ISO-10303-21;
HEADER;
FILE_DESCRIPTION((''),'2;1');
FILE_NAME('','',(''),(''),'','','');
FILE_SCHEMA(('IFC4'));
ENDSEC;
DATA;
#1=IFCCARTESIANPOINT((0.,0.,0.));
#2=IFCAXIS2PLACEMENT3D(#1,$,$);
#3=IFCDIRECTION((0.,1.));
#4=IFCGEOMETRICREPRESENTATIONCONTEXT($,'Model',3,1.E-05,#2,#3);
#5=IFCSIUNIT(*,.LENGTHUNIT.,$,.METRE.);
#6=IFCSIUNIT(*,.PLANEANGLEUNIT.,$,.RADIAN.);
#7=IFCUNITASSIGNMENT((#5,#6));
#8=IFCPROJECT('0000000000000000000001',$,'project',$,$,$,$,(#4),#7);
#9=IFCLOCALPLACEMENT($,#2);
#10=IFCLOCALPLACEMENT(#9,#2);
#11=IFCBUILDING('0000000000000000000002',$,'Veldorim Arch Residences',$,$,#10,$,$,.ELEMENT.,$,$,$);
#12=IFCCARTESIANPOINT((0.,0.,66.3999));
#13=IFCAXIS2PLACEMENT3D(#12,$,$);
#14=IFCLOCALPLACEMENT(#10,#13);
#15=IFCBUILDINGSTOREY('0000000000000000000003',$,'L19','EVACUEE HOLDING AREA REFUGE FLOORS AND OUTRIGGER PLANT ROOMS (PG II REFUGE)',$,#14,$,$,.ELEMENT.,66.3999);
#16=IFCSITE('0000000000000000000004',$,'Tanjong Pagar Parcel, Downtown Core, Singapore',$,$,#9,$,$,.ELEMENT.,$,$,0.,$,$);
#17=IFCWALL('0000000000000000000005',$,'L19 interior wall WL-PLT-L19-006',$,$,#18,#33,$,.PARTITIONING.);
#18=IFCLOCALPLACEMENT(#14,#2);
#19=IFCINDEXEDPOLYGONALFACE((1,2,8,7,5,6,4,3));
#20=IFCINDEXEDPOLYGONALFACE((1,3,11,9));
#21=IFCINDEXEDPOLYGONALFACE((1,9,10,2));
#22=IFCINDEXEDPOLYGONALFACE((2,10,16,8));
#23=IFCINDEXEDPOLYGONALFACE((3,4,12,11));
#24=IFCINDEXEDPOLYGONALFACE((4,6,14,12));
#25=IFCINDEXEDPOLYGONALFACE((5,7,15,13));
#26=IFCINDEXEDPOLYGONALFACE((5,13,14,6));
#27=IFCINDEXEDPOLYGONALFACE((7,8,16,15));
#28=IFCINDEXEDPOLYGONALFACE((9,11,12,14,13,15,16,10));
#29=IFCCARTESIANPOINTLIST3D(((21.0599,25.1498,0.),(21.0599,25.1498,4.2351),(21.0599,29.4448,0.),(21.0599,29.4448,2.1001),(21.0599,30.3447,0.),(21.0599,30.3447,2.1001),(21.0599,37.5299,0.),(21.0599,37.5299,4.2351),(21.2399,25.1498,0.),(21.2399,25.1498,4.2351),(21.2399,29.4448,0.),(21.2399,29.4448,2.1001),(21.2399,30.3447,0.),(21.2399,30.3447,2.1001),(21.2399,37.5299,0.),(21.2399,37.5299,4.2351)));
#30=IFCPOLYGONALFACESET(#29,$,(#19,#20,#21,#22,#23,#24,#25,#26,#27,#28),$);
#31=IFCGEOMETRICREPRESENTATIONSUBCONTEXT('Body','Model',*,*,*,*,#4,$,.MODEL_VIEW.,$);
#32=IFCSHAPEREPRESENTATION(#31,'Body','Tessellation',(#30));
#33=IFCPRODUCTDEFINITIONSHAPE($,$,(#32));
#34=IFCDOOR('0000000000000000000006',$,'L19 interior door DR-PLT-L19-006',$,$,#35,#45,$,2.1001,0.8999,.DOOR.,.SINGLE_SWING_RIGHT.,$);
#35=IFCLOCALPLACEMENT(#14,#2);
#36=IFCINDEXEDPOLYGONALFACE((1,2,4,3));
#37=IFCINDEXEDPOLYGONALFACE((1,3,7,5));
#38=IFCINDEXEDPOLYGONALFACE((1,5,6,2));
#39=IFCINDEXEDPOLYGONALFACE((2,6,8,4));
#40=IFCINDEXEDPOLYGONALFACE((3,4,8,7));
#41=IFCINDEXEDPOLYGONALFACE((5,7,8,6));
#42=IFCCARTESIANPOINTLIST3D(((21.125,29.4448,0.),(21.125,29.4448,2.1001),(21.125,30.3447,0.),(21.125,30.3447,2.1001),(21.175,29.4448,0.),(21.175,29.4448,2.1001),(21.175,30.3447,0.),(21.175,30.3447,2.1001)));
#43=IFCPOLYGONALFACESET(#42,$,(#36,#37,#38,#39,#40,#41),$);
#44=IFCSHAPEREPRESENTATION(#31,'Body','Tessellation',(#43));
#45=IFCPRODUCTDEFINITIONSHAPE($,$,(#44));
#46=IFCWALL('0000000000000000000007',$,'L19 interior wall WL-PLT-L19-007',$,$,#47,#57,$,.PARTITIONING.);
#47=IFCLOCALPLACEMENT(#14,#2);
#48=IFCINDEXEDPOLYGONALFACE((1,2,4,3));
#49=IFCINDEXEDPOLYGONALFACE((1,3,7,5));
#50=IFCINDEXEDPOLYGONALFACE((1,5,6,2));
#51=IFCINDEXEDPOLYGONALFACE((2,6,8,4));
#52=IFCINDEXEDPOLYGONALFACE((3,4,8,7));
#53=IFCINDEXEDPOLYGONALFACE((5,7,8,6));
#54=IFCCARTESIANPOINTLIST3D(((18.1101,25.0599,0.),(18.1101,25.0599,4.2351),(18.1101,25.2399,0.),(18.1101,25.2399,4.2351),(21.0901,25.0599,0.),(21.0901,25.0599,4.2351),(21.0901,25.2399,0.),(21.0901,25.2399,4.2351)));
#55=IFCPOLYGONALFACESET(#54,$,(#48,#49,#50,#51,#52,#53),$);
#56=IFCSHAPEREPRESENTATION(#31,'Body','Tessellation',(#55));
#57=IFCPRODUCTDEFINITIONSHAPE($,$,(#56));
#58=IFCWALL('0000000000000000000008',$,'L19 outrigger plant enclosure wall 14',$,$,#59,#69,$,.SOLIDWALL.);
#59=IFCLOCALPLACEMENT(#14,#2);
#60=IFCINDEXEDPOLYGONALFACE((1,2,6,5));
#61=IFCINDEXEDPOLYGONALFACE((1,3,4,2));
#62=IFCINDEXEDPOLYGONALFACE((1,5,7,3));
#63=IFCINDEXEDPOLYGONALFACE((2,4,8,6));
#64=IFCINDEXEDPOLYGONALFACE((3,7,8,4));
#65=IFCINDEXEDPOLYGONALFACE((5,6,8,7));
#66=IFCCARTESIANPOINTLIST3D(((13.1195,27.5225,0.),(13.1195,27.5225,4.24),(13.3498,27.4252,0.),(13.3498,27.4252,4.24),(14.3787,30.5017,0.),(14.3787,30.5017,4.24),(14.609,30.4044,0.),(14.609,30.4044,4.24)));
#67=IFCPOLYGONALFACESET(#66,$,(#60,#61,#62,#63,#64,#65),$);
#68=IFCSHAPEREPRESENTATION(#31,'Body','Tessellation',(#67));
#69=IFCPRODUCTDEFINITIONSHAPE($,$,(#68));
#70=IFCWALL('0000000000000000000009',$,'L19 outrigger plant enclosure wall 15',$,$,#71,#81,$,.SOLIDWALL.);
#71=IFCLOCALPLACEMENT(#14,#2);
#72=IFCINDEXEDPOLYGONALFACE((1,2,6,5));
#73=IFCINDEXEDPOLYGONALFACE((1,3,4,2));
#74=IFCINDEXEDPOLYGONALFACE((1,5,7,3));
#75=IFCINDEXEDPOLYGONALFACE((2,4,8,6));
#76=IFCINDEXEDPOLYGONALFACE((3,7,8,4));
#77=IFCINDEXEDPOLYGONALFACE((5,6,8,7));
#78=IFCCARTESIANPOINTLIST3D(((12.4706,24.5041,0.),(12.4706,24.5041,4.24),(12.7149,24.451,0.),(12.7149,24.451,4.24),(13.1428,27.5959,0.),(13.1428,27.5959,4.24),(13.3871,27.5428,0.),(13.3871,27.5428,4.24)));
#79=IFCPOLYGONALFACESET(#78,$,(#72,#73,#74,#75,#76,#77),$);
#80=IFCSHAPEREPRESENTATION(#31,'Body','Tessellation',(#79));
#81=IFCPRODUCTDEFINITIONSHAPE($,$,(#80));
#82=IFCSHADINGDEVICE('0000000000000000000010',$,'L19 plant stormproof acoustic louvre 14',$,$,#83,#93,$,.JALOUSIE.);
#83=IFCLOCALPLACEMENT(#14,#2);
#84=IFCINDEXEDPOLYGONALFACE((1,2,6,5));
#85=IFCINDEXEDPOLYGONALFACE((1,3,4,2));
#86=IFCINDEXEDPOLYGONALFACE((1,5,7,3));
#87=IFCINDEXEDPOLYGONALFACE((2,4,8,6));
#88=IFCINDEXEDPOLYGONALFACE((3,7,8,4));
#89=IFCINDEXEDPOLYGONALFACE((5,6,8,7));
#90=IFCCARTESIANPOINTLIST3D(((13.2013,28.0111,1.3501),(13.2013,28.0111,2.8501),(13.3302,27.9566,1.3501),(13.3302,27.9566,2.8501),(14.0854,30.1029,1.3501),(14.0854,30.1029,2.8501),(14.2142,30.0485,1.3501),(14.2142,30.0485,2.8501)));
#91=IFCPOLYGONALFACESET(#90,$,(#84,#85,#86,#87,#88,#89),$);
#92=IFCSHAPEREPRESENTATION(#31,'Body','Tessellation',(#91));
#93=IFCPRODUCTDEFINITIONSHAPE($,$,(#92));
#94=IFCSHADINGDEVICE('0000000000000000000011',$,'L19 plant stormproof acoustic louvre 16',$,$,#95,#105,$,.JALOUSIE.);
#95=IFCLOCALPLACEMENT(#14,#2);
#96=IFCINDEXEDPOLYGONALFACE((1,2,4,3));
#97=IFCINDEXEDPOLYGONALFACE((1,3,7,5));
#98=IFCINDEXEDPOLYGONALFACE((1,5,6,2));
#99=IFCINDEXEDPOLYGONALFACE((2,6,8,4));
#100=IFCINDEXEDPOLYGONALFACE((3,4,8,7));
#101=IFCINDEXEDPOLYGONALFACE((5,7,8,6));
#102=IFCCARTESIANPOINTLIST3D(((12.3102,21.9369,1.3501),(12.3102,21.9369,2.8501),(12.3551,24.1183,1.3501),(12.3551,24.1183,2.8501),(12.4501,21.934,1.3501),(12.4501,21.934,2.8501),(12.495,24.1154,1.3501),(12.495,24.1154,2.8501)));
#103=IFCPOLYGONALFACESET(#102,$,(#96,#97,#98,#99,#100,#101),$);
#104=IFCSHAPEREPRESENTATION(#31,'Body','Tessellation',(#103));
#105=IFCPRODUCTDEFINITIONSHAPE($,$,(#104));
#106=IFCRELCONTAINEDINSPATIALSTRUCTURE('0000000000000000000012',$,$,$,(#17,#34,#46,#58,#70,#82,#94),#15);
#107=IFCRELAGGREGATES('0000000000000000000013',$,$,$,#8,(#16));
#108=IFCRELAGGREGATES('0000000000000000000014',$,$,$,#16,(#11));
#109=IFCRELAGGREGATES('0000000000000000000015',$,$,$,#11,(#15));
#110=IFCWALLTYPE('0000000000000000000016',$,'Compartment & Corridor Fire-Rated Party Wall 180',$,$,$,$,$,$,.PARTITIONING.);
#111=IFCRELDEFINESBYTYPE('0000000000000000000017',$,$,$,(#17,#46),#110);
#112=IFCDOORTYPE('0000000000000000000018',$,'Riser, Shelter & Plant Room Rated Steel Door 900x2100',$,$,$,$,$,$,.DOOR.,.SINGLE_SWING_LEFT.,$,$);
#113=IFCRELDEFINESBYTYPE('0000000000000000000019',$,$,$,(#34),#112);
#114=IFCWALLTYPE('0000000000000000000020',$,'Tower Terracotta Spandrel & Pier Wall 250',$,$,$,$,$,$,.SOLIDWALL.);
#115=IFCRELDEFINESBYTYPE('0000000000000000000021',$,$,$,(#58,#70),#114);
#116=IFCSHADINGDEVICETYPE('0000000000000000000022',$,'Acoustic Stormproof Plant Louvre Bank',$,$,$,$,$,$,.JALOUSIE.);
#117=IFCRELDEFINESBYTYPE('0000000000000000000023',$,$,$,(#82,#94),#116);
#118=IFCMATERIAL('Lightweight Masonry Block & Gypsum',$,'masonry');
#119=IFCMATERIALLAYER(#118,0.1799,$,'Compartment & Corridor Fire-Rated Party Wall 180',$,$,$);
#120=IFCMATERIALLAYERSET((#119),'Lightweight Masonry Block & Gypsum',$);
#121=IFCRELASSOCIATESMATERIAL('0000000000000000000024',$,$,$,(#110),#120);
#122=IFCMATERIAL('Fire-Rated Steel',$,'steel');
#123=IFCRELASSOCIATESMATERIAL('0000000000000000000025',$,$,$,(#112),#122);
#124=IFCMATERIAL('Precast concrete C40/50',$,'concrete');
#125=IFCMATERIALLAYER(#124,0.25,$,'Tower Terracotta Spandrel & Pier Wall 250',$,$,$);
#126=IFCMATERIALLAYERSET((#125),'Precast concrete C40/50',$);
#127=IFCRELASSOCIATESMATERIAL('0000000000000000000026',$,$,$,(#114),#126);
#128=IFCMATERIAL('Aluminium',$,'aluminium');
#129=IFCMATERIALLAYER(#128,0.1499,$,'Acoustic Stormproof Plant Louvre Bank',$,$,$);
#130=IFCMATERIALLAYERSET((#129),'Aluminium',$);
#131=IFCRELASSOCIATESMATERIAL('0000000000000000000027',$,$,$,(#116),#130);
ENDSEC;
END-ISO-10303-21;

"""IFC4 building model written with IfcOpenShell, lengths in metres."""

from ifc_helpers import new_model, si_unit, direction, frame, frame_2d, origin, origin_2d, place, context, subcontext, project, spatial, rectangle, extrude, material, layer, layer_set, type_object, element, fill, save


model = new_model("IFC4")

# Units and contexts
model_context = context("Model", 3, precision=1e-05, world=origin(), true_north=direction((0.0, 1.0)))
body_context = subcontext(model_context, "Body", "Model", "MODEL_VIEW")
ifc_project = project(units=[si_unit("LENGTHUNIT", "METRE"), si_unit("PLANEANGLEUNIT", "RADIAN")], contexts=[model_context])

# Site, building, storey
site_placement = place(None, origin())
site = spatial("IfcSite", under=ifc_project, at=site_placement, Name="Tanjong Pagar Parcel, Downtown Core, Singapore", CompositionType="ELEMENT", RefElevation=0.0)
building_placement = place(site_placement, origin())
building = spatial("IfcBuilding", under=site, at=building_placement, Name="Veldorim Arch Residences", CompositionType="ELEMENT")
storey_placement = place(building_placement, frame((0.0, 0.0, 66.3999)))
storey = spatial("IfcBuildingStorey", under=building, at=storey_placement, Name="L19", Description="EVACUEE HOLDING AREA REFUGE FLOORS AND OUTRIGGER PLANT ROOMS (PG II REFUGE)", CompositionType="ELEMENT", Elevation=66.3999)

# Shared definitions
ifc_material_1 = material(Name="Lightweight Masonry Block & Gypsum", Category="masonry")
ifc_layer_1 = layer(ifc_material_1, 0.1799, Name="Compartment & Corridor Fire-Rated Party Wall 180")
ifc_layer_set_1 = layer_set([ifc_layer_1], Name="Lightweight Masonry Block & Gypsum")
wall_type_1 = type_object("IfcWallType", Name="Compartment & Corridor Fire-Rated Party Wall 180", PredefinedType="PARTITIONING", material=ifc_layer_set_1)

# Wall, opening, door
wall_1_placement = place(storey_placement, frame((21.1499, 25.1499, 0.0), z_axis=(0.0, 0.0, 1.0), x_axis=(0.0, 1.0, 0.0)))
wall_1 = element("IfcWall", 1, at=wall_1_placement, inside=storey, type_object=wall_type_1, Name="L19 interior wall WL-PLT-L19-006", PredefinedType="PARTITIONING", context=body_context, shape_type="SweptSolid", body=[
    extrude(rectangle(XDim=12.3801, YDim=0.1799, at=frame_2d((6.1899, 0.0))), origin(), (0.0, 0.0, 1.0), 4.2351),
])
opening_placement = place(wall_1_placement, frame((4.2949, 0.0, 0.0)))
opening = element("IfcOpeningElement", 2, at=opening_placement, cuts=wall_1, PredefinedType="OPENING", context=body_context, shape_type="SweptSolid", body=[
    extrude(rectangle(XDim=0.8999, YDim=2.1001, at=frame_2d((0.45, 1.05))), frame((0.0, 0.0999, 0.0), z_axis=(0.0, -1.0, 0.0), x_axis=(1.0, 0.0, 0.0)), (0.0, 0.0, 1.0), 0.2),
])
ifc_material_2 = material(Name="Fire-Rated Steel", Category="steel")
door_type = type_object("IfcDoorType", Name="Riser, Shelter & Plant Room Rated Steel Door 900x2100", OperationType="SINGLE_SWING_LEFT", PredefinedType="DOOR", material=ifc_material_2)
door_placement = place(opening_placement, origin())
door = element("IfcDoor", 3, at=door_placement, inside=storey, type_object=door_type, Name="L19 interior door DR-PLT-L19-006", OperationType="SINGLE_SWING_RIGHT", OverallHeight=2.1001, OverallWidth=0.8999, PredefinedType="DOOR", context=body_context, shape_type="SweptSolid", body=[
    extrude(rectangle(XDim=0.8999, YDim=2.1001, at=frame_2d((0.45, 1.05))), frame((0.0, 0.0249, 0.0), z_axis=(0.0, -1.0, 0.0), x_axis=(1.0, 0.0, 0.0)), (0.0, 0.0, 1.0), 0.05),
])
fill(opening, door)

# Walls
wall_2_placement = place(storey_placement, frame((18.1101, 25.1499, 0.0), z_axis=(0.0, 0.0, 1.0), x_axis=(1.0, 0.0, 0.0)))
element("IfcWall", 4, at=wall_2_placement, inside=storey, type_object=wall_type_1, Name="L19 interior wall WL-PLT-L19-007", PredefinedType="PARTITIONING", context=body_context, shape_type="SweptSolid", body=[
    extrude(rectangle(XDim=2.98, YDim=0.1799, at=frame_2d((1.49, 0.0))), origin(), (0.0, 0.0, 1.0), 4.2351),
])
ifc_material_3 = material(Name="Precast concrete C40/50", Category="concrete")
ifc_layer_2 = layer(ifc_material_3, 0.25, Name="Tower Terracotta Spandrel & Pier Wall 250")
ifc_layer_set_2 = layer_set([ifc_layer_2], Name="Precast concrete C40/50")
wall_type_2 = type_object("IfcWallType", Name="Tower Terracotta Spandrel & Pier Wall 250", PredefinedType="SOLIDWALL", material=ifc_layer_set_2)
wall_3_placement = place(storey_placement, frame((13.2346, 27.4739, 0.0), z_axis=(0.0, 0.0, 1.0), x_axis=(0.389332, 0.921097, 0.0)))
element("IfcWall", 5, at=wall_3_placement, inside=storey, type_object=wall_type_2, Name="L19 outrigger plant enclosure wall 14", PredefinedType="SOLIDWALL", context=body_context, shape_type="SweptSolid", body=[
    extrude(rectangle(XDim=3.2344, YDim=0.25, at=frame_2d((1.6172, 0.0))), origin(), (0.0, 0.0, 1.0), 4.24),
])
wall_4_placement = place(storey_placement, frame((12.5928, 24.4775, 0.0), z_axis=(0.0, 0.0, 1.0), x_axis=(0.212426, 0.977177, 0.0)))
element("IfcWall", 6, at=wall_4_placement, inside=storey, type_object=wall_type_2, Name="L19 outrigger plant enclosure wall 15", PredefinedType="SOLIDWALL", context=body_context, shape_type="SweptSolid", body=[
    extrude(rectangle(XDim=3.1641, YDim=0.25, at=frame_2d((1.582, 0.0))), origin(), (0.0, 0.0, 1.0), 4.24),
])

# Shading devices
ifc_material_4 = material(Name="Aluminium", Category="aluminium")
ifc_layer_3 = layer(ifc_material_4, 0.1499, Name="Acoustic Stormproof Plant Louvre Bank")
ifc_layer_set_3 = layer_set([ifc_layer_3], Name="Aluminium")
shading_device_type = type_object("IfcShadingDeviceType", Name="Acoustic Stormproof Plant Louvre Bank", PredefinedType="JALOUSIE", material=ifc_layer_set_3)
shading_device_1_placement = place(storey_placement, frame((13.7078, 29.0298, 1.3501), z_axis=(0.0, 0.0, 1.0), x_axis=(0.389285, 0.921117, 0.0)))
element("IfcShadingDevice", 7, at=shading_device_1_placement, inside=storey, type_object=shading_device_type, Name="L19 plant stormproof acoustic louvre 14", PredefinedType="JALOUSIE", context=body_context, shape_type="SweptSolid", body=[
    extrude(rectangle(XDim=2.271, YDim=0.1399, at=origin_2d()), origin(), (0.0, 0.0, 1.0), 1.5),
])
shading_device_2_placement = place(storey_placement, frame((12.4026, 23.0261, 1.3501), z_axis=(0.0, 0.0, 1.0), x_axis=(0.020593, 0.999788, 0.0)))
element("IfcShadingDevice", 8, at=shading_device_2_placement, inside=storey, type_object=shading_device_type, Name="L19 plant stormproof acoustic louvre 16", PredefinedType="JALOUSIE", context=body_context, shape_type="SweptSolid", body=[
    extrude(rectangle(XDim=2.1819, YDim=0.1399, at=origin_2d()), origin(), (0.0, 0.0, 1.0), 1.5),
])

save(model, "model.ifc")
